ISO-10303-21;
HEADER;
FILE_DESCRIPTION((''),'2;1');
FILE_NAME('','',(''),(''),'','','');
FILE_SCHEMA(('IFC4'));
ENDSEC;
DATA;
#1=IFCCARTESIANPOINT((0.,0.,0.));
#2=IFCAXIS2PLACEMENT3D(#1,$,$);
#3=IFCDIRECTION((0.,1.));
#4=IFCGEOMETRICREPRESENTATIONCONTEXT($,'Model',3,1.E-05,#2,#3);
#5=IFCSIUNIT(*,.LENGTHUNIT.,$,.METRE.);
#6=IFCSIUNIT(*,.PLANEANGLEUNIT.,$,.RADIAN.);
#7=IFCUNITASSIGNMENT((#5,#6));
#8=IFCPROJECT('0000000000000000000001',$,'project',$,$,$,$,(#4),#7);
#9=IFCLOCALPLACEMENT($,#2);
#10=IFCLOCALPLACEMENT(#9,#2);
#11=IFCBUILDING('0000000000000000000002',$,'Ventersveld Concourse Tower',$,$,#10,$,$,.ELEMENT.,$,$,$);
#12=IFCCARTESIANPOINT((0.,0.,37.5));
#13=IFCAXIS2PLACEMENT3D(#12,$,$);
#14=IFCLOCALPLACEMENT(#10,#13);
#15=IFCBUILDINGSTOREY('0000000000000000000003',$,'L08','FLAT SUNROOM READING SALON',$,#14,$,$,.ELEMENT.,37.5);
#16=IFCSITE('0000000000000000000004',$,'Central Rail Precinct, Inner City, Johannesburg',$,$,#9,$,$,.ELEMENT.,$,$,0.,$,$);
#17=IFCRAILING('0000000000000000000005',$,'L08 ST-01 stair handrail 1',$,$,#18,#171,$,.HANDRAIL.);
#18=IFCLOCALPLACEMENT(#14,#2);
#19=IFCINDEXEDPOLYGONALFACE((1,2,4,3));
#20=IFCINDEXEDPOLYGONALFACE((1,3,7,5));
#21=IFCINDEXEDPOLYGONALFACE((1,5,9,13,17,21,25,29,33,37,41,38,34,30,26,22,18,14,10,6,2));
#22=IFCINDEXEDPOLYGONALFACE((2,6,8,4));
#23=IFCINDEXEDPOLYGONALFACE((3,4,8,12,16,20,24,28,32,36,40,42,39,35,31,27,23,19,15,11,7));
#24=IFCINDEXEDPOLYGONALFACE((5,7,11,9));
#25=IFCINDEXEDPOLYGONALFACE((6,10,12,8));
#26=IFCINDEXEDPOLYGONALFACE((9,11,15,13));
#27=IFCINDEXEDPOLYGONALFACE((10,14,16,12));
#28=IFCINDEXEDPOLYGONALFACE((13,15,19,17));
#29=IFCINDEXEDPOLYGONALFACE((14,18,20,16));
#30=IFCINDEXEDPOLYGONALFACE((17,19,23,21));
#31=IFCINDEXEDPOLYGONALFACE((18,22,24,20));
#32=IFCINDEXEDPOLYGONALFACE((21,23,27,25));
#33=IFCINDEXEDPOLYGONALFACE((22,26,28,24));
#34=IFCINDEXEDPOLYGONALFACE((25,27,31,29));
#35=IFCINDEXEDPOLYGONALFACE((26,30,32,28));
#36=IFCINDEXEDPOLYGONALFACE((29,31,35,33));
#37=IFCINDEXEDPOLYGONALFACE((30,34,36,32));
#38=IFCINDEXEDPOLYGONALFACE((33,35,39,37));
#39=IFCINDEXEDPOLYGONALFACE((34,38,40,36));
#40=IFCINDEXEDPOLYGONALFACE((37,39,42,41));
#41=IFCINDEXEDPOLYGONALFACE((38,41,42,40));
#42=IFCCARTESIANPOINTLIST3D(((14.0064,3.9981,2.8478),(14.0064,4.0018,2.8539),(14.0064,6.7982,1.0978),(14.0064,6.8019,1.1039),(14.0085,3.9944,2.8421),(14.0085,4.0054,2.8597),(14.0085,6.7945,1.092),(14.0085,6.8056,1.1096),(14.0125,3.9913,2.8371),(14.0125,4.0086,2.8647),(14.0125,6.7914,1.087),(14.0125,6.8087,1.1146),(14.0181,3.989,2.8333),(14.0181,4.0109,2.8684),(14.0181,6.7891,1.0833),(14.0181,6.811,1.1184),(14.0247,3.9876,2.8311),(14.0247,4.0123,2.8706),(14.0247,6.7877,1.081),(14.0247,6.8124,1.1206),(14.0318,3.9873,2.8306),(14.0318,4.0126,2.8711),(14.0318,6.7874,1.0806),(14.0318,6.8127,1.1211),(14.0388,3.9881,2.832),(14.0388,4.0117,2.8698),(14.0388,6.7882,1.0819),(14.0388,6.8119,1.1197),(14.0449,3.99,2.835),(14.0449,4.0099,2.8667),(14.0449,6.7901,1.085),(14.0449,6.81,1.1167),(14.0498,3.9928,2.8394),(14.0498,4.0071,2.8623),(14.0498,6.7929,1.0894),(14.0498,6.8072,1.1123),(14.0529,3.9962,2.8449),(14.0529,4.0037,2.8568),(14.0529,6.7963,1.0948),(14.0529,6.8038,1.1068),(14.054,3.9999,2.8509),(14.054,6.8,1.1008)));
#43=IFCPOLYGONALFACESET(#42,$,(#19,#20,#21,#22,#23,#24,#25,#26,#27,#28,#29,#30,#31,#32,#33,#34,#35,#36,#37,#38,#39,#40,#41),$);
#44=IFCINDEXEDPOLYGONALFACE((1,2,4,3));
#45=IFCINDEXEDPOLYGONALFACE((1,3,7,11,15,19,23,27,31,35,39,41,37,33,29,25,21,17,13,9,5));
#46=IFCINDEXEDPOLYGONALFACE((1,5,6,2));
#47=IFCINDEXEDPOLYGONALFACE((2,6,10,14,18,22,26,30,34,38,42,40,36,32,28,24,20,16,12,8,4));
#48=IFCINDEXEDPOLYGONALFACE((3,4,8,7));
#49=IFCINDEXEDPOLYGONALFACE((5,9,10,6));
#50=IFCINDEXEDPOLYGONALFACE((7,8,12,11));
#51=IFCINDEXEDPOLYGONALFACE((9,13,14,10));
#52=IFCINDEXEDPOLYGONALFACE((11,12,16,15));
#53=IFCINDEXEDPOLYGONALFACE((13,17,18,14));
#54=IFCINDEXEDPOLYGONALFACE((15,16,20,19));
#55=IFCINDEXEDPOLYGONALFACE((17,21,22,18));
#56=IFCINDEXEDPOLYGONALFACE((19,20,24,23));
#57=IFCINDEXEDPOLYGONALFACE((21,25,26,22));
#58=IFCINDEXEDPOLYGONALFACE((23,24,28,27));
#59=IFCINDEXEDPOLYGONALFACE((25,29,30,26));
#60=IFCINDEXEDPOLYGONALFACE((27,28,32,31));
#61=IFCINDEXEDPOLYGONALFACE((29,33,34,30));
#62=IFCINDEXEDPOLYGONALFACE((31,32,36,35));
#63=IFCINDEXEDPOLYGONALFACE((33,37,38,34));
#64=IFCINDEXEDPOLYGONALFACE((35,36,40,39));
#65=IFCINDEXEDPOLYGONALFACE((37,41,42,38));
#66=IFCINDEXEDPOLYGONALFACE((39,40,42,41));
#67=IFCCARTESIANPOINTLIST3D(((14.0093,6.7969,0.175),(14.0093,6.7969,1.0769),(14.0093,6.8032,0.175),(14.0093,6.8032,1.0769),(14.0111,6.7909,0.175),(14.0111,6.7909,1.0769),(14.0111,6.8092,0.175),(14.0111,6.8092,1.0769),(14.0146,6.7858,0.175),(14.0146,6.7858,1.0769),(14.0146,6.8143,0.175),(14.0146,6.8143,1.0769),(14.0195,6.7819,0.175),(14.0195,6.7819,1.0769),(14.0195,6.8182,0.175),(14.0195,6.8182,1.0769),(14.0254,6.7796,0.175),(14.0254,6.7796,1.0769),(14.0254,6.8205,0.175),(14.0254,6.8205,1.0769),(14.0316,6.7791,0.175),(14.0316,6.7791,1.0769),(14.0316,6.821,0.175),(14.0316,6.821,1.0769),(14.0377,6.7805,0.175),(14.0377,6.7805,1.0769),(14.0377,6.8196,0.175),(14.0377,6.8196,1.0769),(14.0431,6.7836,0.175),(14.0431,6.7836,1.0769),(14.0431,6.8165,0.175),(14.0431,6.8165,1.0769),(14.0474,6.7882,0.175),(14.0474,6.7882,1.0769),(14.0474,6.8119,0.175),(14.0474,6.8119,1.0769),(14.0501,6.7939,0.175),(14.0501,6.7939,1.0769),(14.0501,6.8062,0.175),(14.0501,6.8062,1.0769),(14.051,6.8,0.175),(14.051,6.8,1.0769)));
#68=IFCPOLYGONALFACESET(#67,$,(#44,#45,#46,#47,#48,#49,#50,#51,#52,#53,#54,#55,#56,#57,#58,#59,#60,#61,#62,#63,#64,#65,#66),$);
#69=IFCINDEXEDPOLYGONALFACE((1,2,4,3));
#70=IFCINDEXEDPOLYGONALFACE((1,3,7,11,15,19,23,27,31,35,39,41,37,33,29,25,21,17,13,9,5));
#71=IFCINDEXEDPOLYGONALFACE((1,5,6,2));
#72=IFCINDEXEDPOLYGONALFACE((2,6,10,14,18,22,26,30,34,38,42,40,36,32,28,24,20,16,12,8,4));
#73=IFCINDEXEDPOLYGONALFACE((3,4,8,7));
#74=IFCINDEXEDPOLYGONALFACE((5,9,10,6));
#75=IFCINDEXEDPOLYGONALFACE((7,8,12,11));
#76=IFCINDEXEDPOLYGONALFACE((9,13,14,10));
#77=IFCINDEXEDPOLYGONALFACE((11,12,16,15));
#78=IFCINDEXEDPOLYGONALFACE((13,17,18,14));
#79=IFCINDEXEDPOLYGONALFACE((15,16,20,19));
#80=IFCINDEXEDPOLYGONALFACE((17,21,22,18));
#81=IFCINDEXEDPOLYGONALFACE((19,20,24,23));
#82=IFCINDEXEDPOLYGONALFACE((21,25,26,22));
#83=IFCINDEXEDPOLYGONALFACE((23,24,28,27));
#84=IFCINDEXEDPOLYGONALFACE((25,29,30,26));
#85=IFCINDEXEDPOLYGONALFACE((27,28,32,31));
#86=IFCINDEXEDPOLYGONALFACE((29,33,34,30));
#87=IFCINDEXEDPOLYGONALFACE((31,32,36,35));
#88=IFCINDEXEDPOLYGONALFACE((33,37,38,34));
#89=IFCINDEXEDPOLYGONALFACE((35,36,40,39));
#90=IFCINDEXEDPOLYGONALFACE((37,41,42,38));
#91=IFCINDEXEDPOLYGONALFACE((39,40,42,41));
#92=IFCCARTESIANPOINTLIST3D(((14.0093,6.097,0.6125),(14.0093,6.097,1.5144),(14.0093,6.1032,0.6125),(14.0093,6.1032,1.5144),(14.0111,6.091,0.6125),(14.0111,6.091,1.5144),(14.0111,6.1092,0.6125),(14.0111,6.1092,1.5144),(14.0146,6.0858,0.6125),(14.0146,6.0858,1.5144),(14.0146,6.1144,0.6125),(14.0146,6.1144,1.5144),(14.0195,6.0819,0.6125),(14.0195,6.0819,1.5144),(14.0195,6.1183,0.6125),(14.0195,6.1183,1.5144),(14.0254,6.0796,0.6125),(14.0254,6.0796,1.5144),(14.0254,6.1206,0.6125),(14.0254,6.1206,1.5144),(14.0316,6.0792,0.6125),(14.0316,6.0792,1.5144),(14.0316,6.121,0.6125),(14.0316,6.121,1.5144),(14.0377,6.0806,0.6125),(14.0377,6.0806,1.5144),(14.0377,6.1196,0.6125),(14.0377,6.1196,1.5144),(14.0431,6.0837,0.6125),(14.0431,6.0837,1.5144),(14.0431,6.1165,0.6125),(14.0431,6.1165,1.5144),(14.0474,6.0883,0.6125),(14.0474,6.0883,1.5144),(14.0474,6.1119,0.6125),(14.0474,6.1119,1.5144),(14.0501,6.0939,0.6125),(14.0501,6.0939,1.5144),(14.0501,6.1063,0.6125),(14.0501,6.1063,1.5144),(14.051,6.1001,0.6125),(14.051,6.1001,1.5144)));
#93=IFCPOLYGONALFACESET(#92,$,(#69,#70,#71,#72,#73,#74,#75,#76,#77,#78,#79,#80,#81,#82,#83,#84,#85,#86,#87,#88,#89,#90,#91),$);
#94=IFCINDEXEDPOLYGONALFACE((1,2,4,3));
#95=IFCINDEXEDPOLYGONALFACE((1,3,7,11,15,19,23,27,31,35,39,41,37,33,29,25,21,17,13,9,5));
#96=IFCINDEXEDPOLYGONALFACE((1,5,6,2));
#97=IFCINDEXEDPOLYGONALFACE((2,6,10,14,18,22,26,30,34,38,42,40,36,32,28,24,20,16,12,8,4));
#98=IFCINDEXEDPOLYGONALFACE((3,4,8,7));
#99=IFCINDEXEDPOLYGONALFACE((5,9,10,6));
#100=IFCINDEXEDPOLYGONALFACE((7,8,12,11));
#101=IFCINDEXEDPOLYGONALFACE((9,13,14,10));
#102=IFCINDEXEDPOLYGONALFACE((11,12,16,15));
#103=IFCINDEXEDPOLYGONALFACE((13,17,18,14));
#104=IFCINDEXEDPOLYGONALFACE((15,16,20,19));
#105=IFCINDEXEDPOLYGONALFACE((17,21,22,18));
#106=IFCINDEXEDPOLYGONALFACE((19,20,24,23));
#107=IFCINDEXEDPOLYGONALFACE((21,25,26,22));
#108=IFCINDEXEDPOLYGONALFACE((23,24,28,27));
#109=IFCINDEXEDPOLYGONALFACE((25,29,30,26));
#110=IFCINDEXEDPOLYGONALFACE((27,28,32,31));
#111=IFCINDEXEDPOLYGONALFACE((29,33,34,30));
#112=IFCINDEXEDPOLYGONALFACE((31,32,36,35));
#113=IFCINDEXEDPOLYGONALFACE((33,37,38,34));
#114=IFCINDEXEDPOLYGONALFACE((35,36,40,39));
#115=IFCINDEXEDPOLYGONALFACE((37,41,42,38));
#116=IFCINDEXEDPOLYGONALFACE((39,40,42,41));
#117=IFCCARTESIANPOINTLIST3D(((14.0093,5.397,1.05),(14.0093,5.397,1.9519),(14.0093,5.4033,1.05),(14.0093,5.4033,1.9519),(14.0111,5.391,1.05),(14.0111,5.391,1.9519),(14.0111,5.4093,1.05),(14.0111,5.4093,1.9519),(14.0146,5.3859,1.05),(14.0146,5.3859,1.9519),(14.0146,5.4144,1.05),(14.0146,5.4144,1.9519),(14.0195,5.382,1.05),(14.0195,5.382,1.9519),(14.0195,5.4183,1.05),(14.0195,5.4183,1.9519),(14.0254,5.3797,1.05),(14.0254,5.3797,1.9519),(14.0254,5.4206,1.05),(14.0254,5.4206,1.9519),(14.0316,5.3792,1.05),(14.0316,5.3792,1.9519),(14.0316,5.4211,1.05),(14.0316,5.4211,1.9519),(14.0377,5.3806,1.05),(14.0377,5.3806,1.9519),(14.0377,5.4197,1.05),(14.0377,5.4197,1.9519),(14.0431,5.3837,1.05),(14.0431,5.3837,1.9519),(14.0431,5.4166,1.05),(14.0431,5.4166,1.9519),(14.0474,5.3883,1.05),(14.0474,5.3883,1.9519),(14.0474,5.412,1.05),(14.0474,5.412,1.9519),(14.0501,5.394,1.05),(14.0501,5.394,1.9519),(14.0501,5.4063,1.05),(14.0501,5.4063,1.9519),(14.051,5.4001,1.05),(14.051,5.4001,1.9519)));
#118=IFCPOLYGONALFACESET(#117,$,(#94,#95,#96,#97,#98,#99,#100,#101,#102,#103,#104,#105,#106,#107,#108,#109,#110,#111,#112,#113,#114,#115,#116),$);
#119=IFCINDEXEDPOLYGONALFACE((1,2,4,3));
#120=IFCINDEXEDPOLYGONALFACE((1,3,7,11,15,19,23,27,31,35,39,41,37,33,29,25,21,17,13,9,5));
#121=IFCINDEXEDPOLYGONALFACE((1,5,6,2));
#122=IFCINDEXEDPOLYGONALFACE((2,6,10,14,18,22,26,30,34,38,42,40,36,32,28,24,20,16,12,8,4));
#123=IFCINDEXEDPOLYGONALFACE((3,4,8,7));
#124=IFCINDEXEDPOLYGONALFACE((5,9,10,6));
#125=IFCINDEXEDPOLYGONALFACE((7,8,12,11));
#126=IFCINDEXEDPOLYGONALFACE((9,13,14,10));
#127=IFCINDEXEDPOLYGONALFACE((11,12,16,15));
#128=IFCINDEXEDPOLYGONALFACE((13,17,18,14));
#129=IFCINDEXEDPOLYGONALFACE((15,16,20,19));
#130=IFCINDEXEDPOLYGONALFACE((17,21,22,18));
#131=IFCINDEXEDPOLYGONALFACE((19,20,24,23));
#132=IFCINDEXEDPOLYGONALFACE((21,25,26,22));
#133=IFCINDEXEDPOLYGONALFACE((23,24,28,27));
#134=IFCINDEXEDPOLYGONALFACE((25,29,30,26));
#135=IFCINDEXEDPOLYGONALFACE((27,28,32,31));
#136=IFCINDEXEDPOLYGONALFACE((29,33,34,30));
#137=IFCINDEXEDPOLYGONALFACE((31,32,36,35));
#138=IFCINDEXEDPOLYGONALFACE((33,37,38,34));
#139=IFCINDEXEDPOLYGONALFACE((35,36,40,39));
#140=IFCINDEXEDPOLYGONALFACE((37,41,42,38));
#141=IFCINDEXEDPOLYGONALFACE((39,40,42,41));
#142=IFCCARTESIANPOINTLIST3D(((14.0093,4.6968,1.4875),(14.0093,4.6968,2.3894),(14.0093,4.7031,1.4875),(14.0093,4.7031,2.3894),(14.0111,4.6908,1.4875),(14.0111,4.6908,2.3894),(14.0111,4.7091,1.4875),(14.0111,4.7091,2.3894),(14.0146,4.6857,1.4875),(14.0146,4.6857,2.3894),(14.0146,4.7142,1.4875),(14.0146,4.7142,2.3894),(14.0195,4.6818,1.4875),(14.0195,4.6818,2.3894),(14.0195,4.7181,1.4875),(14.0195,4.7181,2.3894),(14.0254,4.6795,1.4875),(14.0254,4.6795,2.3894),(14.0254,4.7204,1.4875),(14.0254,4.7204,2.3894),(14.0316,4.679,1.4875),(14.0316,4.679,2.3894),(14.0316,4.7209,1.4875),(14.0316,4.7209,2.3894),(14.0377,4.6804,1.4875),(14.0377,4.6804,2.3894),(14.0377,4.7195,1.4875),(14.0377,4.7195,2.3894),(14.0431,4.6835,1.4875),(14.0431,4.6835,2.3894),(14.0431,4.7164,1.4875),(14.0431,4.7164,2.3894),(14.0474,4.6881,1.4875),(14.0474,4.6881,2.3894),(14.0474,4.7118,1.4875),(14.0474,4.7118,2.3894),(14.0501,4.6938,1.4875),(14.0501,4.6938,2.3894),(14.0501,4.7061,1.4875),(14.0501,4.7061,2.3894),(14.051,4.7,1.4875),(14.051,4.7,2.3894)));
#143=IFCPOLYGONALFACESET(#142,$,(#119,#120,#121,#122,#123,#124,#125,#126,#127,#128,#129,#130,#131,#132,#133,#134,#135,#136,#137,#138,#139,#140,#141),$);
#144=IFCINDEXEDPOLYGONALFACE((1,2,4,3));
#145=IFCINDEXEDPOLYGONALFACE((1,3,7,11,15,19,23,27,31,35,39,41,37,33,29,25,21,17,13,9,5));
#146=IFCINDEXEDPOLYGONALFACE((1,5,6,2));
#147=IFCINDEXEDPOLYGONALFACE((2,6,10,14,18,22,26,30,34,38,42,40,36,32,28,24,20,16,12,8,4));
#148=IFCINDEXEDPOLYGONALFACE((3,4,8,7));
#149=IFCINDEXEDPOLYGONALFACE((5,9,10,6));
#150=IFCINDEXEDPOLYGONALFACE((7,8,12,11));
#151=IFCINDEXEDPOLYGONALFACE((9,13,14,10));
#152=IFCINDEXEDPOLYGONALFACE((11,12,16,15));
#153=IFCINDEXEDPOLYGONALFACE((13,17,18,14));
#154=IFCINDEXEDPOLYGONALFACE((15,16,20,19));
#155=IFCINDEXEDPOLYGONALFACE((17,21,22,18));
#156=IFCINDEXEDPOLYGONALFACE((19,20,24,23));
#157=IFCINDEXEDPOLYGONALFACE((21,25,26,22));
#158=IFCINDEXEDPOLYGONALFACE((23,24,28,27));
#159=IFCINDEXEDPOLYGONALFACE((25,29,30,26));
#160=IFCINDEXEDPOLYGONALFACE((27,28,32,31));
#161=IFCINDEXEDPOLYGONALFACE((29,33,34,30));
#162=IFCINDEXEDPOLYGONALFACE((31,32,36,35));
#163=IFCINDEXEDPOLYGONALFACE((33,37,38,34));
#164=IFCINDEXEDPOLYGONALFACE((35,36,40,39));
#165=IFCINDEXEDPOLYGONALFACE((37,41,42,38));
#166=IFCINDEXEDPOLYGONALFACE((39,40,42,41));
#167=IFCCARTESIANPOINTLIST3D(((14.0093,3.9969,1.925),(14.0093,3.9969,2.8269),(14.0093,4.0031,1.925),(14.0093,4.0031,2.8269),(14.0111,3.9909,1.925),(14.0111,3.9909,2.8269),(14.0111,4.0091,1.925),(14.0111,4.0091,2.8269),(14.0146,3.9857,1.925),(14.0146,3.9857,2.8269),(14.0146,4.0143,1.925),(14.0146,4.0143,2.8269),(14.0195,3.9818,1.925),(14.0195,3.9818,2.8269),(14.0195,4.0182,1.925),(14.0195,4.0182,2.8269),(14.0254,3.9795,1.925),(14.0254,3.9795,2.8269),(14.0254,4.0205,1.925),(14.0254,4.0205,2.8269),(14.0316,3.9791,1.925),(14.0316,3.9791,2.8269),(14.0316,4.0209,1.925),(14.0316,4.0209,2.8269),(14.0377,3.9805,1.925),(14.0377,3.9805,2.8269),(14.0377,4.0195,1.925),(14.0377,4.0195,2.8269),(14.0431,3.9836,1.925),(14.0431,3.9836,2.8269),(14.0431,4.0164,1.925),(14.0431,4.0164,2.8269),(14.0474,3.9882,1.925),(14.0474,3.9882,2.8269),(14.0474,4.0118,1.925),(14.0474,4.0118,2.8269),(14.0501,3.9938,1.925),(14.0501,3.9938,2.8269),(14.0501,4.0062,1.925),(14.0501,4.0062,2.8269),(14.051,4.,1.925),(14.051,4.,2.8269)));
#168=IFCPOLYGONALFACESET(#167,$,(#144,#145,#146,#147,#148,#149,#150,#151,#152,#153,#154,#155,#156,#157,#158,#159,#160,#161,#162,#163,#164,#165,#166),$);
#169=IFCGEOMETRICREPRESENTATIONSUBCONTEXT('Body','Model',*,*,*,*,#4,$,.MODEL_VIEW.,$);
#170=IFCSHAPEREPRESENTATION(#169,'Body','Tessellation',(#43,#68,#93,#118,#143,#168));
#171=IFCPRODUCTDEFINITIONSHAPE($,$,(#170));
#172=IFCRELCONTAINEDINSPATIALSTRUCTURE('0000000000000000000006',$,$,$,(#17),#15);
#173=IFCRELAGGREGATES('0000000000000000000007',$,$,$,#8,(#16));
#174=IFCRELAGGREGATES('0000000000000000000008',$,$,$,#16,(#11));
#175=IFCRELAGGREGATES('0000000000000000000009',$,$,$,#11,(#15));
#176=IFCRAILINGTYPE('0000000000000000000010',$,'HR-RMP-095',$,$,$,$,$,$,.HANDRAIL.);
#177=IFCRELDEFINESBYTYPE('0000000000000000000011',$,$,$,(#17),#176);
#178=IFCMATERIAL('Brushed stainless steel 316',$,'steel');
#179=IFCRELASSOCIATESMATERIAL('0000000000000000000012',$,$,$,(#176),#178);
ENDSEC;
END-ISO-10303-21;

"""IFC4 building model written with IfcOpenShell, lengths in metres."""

from ifc_helpers import new_model, si_unit, direction, frame, origin, origin_2d, place, context, subcontext, project, spatial, circle, extrude, material, type_object, element, save


model = new_model("IFC4")

# Units and contexts
model_context = context("Model", 3, precision=1e-05, world=origin(), true_north=direction((0.0, 1.0)))
body_context = subcontext(model_context, "Body", "Model", "MODEL_VIEW")
ifc_project = project(units=[si_unit("LENGTHUNIT", "METRE"), si_unit("PLANEANGLEUNIT", "RADIAN")], contexts=[model_context])

# Site, building, storey
site_placement = place(None, origin())
site = spatial("IfcSite", under=ifc_project, at=site_placement, Name="Central Rail Precinct, Inner City, Johannesburg", CompositionType="ELEMENT", RefElevation=0.0)
building_placement = place(site_placement, origin())
building = spatial("IfcBuilding", under=site, at=building_placement, Name="Ventersveld Concourse Tower", CompositionType="ELEMENT")
storey_placement = place(building_placement, frame((0.0, 0.0, 37.5)))
storey = spatial("IfcBuildingStorey", under=building, at=storey_placement, Name="L08", Description="FLAT SUNROOM READING SALON", CompositionType="ELEMENT", Elevation=37.5)

# Railing
ifc_material_1 = material(Name="Brushed stainless steel 316", Category="steel")
railing_type_1 = type_object("IfcRailingType", Name="HR-RMP-095", PredefinedType="HANDRAIL", material=ifc_material_1)
railing_1_placement = place(storey_placement, frame((14.03, 6.8, 0.175)))
element("IfcRailing", 1, at=railing_1_placement, inside=storey, type_object=railing_type_1, Name="L08 ST-01 stair handrail 1", PredefinedType="HANDRAIL", context=body_context, shape_type="SweptSolid", body=[
    extrude(circle(Radius=0.0239, at=origin_2d()), frame((0.0, 0.0, 0.9258), z_axis=(0.0, -0.848002, 0.529992), x_axis=(1.0, 0.0, 0.0)), (0.0, 0.0, 1.0), 3.302),
    extrude(circle(Radius=0.021, at=origin_2d()), origin(), (0.0, 0.0, 1.0), 0.9019),
    extrude(circle(Radius=0.021, at=origin_2d()), frame((0.0, -0.7, 0.4375)), (0.0, 0.0, 1.0), 0.9019),
    extrude(circle(Radius=0.021, at=origin_2d()), frame((0.0, -1.3999, 0.875)), (0.0, 0.0, 1.0), 0.9019),
    extrude(circle(Radius=0.021, at=origin_2d()), frame((0.0, -2.1001, 1.3125)), (0.0, 0.0, 1.0), 0.9019),
    extrude(circle(Radius=0.021, at=origin_2d()), frame((0.0, -2.8, 1.75)), (0.0, 0.0, 1.0), 0.9019),
])

save(model, "model.ifc")
